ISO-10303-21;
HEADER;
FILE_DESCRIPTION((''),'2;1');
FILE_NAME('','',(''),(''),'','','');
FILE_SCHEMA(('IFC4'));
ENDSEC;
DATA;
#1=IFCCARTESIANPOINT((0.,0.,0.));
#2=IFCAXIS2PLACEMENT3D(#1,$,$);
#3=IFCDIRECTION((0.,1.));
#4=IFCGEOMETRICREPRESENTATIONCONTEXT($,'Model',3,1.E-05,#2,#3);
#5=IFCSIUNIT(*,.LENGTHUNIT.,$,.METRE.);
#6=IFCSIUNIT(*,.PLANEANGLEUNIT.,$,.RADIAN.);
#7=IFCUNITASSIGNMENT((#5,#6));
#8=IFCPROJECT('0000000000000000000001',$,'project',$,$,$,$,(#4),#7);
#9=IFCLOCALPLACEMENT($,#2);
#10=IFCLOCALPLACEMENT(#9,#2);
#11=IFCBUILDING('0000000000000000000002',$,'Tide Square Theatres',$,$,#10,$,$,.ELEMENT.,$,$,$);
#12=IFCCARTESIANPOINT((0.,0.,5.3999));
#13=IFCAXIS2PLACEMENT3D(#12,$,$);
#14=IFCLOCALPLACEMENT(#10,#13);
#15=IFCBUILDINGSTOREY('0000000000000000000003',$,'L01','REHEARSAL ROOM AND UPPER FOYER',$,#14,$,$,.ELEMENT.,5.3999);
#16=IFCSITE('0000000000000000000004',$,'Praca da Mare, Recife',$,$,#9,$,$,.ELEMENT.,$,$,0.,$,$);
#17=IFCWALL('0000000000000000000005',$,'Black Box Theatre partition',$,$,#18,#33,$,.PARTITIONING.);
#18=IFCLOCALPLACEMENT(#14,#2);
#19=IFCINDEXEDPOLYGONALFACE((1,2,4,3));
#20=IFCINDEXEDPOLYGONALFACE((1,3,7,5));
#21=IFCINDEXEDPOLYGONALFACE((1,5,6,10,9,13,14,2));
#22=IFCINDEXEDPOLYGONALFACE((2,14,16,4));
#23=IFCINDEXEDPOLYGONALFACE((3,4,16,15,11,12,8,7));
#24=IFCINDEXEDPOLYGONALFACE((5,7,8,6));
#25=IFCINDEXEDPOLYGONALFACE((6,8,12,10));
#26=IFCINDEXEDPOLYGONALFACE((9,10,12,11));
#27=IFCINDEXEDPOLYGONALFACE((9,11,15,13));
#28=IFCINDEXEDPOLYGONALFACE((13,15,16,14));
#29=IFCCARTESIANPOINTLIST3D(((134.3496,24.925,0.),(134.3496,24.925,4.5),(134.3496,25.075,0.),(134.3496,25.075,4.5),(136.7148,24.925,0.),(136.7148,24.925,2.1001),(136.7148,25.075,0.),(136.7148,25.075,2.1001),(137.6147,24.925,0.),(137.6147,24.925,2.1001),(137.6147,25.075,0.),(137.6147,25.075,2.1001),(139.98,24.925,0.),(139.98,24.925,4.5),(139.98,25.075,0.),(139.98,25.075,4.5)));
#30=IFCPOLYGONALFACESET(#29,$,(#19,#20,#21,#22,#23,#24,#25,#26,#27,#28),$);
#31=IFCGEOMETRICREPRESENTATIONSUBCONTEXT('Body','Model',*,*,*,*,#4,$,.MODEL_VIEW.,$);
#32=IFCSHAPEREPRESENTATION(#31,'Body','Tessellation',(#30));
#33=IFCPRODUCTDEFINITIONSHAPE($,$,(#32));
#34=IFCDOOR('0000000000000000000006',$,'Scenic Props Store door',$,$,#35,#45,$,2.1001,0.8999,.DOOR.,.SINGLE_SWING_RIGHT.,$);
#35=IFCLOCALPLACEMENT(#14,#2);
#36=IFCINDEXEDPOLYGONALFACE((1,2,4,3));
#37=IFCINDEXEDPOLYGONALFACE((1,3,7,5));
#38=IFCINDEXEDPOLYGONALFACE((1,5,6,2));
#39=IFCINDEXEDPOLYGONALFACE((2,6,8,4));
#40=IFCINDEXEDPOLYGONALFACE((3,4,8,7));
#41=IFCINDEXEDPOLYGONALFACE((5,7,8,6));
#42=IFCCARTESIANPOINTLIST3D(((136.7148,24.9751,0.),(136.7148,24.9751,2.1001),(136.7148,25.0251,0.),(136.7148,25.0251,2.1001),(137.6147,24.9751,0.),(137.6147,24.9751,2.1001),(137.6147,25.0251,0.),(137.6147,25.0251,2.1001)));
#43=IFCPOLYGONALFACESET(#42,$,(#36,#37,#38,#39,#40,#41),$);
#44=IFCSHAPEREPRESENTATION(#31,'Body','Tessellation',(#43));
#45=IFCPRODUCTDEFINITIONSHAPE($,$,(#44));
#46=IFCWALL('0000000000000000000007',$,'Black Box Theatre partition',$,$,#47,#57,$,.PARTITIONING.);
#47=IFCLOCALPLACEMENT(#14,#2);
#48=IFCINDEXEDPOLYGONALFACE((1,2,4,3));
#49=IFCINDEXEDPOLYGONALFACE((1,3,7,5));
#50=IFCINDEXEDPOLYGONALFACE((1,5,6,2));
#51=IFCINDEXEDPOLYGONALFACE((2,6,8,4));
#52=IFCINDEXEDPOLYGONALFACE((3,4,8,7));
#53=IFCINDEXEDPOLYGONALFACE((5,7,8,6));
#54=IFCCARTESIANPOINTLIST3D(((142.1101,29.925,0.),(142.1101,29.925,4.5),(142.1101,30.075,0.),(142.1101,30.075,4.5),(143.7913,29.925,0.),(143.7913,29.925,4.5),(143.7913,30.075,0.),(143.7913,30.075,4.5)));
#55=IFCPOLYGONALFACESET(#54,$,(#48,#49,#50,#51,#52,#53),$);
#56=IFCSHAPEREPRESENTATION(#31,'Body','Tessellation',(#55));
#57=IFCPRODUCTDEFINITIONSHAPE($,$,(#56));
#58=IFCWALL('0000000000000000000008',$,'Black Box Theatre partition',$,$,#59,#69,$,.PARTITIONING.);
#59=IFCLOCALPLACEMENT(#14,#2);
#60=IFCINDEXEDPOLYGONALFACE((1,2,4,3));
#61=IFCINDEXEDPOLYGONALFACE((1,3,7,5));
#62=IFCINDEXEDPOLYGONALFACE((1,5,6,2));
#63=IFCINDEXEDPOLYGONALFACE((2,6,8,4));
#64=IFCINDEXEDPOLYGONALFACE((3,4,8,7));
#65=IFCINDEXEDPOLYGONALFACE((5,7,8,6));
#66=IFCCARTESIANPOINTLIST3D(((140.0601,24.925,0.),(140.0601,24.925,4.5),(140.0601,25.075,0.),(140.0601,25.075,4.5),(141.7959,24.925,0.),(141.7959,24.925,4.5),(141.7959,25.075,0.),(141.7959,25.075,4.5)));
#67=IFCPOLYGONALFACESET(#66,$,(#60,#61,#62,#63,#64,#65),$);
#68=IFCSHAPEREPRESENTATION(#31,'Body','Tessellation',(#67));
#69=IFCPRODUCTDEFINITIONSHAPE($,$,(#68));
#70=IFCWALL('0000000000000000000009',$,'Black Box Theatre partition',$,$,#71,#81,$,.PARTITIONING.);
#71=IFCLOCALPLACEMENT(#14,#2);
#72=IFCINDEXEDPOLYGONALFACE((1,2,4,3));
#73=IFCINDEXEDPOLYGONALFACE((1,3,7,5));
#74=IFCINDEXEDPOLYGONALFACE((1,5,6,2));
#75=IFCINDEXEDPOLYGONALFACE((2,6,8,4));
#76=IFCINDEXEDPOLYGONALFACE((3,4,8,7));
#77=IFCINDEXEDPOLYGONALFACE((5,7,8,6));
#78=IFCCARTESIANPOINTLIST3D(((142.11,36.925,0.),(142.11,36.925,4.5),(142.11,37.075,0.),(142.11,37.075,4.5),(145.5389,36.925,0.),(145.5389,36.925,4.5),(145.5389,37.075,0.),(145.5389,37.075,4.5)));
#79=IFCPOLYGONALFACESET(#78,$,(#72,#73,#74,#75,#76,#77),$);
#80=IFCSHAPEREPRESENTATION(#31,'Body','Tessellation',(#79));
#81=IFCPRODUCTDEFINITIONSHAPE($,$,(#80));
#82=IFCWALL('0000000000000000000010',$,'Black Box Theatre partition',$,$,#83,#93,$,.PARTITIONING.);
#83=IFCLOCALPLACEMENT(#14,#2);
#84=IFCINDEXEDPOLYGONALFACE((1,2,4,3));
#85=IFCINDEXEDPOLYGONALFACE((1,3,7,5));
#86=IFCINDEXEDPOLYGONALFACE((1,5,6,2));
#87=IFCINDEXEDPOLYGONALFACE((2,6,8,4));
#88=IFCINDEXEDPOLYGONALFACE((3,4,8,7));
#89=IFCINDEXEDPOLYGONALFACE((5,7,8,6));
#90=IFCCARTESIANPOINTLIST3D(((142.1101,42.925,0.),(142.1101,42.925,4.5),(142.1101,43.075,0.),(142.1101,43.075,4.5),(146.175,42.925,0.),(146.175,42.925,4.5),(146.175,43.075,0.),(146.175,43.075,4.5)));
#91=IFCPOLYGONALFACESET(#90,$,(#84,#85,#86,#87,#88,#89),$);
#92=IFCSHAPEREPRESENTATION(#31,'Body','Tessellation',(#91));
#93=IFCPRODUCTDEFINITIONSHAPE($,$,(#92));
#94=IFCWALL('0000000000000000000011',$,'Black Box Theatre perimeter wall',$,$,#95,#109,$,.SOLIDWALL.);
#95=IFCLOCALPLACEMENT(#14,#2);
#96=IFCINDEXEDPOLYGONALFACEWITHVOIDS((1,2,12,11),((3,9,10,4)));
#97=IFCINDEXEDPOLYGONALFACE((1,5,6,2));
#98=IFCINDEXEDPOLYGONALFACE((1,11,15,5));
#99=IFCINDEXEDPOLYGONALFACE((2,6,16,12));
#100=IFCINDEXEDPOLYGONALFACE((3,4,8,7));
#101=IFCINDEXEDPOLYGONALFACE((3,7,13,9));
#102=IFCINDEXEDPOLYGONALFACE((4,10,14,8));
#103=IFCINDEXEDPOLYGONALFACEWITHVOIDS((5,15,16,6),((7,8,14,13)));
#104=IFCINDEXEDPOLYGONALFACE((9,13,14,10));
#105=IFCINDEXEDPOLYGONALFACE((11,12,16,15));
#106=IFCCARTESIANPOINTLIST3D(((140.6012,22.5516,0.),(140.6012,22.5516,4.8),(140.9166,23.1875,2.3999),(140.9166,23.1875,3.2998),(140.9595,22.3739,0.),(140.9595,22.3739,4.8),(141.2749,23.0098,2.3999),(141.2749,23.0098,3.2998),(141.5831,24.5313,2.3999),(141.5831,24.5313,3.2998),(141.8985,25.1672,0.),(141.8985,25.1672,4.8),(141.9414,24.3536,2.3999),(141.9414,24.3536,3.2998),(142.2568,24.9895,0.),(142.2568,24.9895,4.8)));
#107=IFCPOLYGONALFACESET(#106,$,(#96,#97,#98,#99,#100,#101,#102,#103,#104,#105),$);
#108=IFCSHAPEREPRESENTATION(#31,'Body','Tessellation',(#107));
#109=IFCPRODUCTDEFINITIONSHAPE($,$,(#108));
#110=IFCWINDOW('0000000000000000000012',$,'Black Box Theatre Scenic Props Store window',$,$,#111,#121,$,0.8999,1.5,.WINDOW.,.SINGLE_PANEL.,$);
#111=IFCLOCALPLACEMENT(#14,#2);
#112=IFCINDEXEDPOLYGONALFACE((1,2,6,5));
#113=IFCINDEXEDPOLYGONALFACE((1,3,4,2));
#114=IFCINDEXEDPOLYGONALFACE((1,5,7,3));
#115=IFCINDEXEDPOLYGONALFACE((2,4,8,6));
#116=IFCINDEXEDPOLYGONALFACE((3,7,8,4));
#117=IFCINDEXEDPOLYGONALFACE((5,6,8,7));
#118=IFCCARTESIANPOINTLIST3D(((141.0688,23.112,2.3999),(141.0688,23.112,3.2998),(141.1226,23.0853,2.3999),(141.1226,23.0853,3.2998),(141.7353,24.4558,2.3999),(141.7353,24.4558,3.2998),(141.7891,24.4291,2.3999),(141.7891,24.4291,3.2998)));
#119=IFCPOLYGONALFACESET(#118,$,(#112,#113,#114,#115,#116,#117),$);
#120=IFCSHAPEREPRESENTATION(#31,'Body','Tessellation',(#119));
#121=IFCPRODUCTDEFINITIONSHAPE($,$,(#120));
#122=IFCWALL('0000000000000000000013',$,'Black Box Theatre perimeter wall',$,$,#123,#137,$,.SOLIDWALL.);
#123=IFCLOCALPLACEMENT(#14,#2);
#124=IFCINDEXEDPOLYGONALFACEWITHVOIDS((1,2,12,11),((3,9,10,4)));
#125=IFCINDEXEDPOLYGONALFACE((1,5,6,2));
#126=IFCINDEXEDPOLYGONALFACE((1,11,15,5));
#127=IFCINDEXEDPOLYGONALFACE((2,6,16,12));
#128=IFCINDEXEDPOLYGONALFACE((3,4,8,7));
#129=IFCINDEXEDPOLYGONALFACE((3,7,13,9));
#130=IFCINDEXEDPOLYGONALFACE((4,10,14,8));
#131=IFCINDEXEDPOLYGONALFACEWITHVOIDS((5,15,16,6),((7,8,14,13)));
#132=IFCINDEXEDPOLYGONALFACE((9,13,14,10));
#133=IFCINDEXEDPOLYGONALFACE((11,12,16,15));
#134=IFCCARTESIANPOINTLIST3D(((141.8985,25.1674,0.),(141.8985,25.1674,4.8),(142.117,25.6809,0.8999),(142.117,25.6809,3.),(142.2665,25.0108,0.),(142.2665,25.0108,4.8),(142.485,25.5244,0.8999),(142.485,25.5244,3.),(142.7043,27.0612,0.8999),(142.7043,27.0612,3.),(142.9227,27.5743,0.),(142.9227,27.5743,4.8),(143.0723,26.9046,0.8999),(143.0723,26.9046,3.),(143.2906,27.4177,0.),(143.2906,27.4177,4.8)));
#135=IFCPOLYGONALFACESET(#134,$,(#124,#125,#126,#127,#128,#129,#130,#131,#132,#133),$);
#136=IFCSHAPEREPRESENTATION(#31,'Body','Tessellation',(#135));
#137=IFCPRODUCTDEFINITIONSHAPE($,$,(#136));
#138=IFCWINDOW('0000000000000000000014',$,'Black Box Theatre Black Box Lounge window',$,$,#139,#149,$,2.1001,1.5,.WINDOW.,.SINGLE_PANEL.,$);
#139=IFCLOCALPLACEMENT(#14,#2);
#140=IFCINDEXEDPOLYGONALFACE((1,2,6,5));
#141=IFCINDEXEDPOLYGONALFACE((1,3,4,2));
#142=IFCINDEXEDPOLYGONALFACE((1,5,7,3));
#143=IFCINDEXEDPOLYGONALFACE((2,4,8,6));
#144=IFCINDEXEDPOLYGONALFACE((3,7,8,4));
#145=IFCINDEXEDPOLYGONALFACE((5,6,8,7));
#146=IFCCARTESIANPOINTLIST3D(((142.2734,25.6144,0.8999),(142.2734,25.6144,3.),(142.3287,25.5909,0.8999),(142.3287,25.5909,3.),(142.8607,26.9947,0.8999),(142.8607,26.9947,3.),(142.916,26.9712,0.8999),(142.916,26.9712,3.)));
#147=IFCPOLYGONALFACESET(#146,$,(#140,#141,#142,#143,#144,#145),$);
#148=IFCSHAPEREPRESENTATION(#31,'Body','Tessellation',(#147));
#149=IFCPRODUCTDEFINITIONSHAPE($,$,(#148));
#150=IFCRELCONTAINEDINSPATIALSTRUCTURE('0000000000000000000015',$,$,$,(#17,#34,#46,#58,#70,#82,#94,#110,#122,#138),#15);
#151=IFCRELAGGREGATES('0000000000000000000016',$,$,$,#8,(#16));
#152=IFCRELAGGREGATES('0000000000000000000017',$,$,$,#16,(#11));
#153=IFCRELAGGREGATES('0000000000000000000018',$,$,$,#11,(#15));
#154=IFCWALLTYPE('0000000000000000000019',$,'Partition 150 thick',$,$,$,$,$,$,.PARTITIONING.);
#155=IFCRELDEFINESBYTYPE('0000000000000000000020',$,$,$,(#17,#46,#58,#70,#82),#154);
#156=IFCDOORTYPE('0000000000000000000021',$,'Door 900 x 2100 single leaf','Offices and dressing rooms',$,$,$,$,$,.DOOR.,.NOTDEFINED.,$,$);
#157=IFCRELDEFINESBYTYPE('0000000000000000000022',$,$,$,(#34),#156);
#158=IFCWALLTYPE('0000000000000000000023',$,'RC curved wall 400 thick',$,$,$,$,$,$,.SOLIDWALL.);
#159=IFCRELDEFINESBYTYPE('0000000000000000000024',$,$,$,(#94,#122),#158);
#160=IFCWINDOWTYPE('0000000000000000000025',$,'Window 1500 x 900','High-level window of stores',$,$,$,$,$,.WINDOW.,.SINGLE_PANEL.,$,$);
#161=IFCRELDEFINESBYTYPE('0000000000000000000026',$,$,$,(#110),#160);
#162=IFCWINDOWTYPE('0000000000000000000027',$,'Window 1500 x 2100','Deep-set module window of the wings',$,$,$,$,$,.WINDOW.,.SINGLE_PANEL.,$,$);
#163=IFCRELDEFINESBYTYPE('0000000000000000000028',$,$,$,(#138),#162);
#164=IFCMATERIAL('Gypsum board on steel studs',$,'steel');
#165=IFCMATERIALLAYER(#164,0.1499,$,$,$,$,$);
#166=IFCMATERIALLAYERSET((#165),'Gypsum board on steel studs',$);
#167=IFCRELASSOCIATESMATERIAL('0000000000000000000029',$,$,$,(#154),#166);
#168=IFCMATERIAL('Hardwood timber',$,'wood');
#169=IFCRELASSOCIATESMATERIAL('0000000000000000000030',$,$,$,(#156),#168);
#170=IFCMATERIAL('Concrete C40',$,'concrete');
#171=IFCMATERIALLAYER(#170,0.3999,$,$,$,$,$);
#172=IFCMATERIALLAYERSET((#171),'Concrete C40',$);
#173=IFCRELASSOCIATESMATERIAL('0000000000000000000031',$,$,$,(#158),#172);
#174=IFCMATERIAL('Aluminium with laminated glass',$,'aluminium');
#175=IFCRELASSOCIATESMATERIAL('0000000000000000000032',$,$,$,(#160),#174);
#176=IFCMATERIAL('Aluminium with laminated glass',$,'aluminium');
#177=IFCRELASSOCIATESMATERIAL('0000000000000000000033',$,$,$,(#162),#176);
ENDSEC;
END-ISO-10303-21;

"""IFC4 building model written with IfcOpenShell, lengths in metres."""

from ifc_helpers import new_model, si_unit, direction, frame, frame_2d, origin, place, context, subcontext, project, spatial, rectangle, extrude, material, layer, layer_set, type_object, element, fill, save


model = new_model("IFC4")

# Units and contexts
model_context = context("Model", 3, precision=1e-05, world=origin(), true_north=direction((0.0, 1.0)))
body_context = subcontext(model_context, "Body", "Model", "MODEL_VIEW")
ifc_project = project(units=[si_unit("LENGTHUNIT", "METRE"), si_unit("PLANEANGLEUNIT", "RADIAN")], contexts=[model_context])

# Site, building, storey
site_placement = place(None, origin())
site = spatial("IfcSite", under=ifc_project, at=site_placement, Name="Praca da Mare, Recife", CompositionType="ELEMENT", RefElevation=0.0)
building_placement = place(site_placement, origin())
building = spatial("IfcBuilding", under=site, at=building_placement, Name="Tide Square Theatres", CompositionType="ELEMENT")
storey_placement = place(building_placement, frame((0.0, 0.0, 5.3999)))
storey = spatial("IfcBuildingStorey", under=building, at=storey_placement, Name="L01", Description="REHEARSAL ROOM AND UPPER FOYER", CompositionType="ELEMENT", Elevation=5.3999)

# Shared definitions
ifc_material_1 = material(Name="Gypsum board on steel studs", Category="steel")
ifc_layer_1 = layer(ifc_material_1, 0.1499)
ifc_layer_set_1 = layer_set([ifc_layer_1], Name="Gypsum board on steel studs")
wall_type_1 = type_object("IfcWallType", Name="Partition 150 thick", PredefinedType="PARTITIONING", material=ifc_layer_set_1)

# Wall, opening, door
ifc_material_2 = material(Name="Hardwood timber", Category="wood")
door_type = type_object("IfcDoorType", Name="Door 900 x 2100 single leaf", Description="Offices and dressing rooms", OperationType="NOTDEFINED", PredefinedType="DOOR", material=ifc_material_2)
wall_1_placement = place(storey_placement, frame((139.98, 25.0, 0.0), z_axis=(0.0, 0.0, 1.0), x_axis=(-1.0, 0.0, 0.0)))
wall_1 = element("IfcWall", 1, at=wall_1_placement, inside=storey, type_object=wall_type_1, Name="Black Box Theatre partition", PredefinedType="PARTITIONING", context=body_context, shape_type="SweptSolid", body=[
    extrude(rectangle(XDim=5.6304, YDim=0.1499, at=frame_2d((2.8152, 0.0))), origin(), (0.0, 0.0, 1.0), 4.5),
])
opening_1_placement = place(wall_1_placement, frame((2.3652, 0.0, 0.0)))
opening_1 = element("IfcOpeningElement", 2, at=opening_1_placement, cuts=wall_1, PredefinedType="OPENING", context=body_context, shape_type="SweptSolid", body=[
    extrude(rectangle(XDim=0.8999, YDim=2.1001, at=frame_2d((0.45, 1.05))), frame((0.0, 0.085, 0.0), z_axis=(0.0, -1.0, 0.0), x_axis=(1.0, 0.0, 0.0)), (0.0, 0.0, 1.0), 0.1699),
])
door_1_placement = place(opening_1_placement, origin())
door_1 = element("IfcDoor", 3, at=door_1_placement, inside=storey, type_object=door_type, Name="Scenic Props Store door", OperationType="SINGLE_SWING_RIGHT", OverallHeight=2.1001, OverallWidth=0.8999, PredefinedType="DOOR", context=body_context, shape_type="SweptSolid", body=[
    extrude(rectangle(XDim=0.8999, YDim=2.1001, at=frame_2d((0.45, 1.05))), frame((0.0, 0.0249, 0.0), z_axis=(0.0, -1.0, 0.0), x_axis=(1.0, 0.0, 0.0)), (0.0, 0.0, 1.0), 0.05),
])
fill(opening_1, door_1)

# Walls
wall_2_placement = place(storey_placement, frame((142.1101, 30.0, 0.0), z_axis=(0.0, 0.0, 1.0), x_axis=(1.0, 0.0, 0.0)))
element("IfcWall", 4, at=wall_2_placement, inside=storey, type_object=wall_type_1, Name="Black Box Theatre partition", PredefinedType="PARTITIONING", context=body_context, shape_type="SweptSolid", body=[
    extrude(rectangle(XDim=1.6812, YDim=0.1499, at=frame_2d((0.8406, 0.0))), origin(), (0.0, 0.0, 1.0), 4.5),
])
wall_3_placement = place(storey_placement, frame((141.7959, 25.0, 0.0), z_axis=(0.0, 0.0, 1.0), x_axis=(-1.0, 0.0, 0.0)))
element("IfcWall", 5, at=wall_3_placement, inside=storey, type_object=wall_type_1, Name="Black Box Theatre partition", PredefinedType="PARTITIONING", context=body_context, shape_type="SweptSolid", body=[
    extrude(rectangle(XDim=1.7358, YDim=0.1499, at=frame_2d((0.8679, 0.0))), origin(), (0.0, 0.0, 1.0), 4.5),
])
wall_4_placement = place(storey_placement, frame((142.1101, 37.0, 0.0), z_axis=(0.0, 0.0, 1.0), x_axis=(1.0, 0.0, 0.0)))
element("IfcWall", 6, at=wall_4_placement, inside=storey, type_object=wall_type_1, Name="Black Box Theatre partition", PredefinedType="PARTITIONING", context=body_context, shape_type="SweptSolid", body=[
    extrude(rectangle(XDim=3.429, YDim=0.1499, at=frame_2d((1.7144, 0.0))), origin(), (0.0, 0.0, 1.0), 4.5),
])
wall_5_placement = place(storey_placement, frame((142.1101, 43.0, 0.0), z_axis=(0.0, 0.0, 1.0), x_axis=(1.0, 0.0, 0.0)))
element("IfcWall", 7, at=wall_5_placement, inside=storey, type_object=wall_type_1, Name="Black Box Theatre partition", PredefinedType="PARTITIONING", context=body_context, shape_type="SweptSolid", body=[
    extrude(rectangle(XDim=4.0649, YDim=0.1499, at=frame_2d((2.0325, 0.0))), origin(), (0.0, 0.0, 1.0), 4.5),
])

# Walls, openings, windows
ifc_material_3 = material(Name="Concrete C40", Category="concrete")
ifc_layer_2 = layer(ifc_material_3, 0.3999)
ifc_layer_set_2 = layer_set([ifc_layer_2], Name="Concrete C40")
wall_type_2 = type_object("IfcWallType", Name="RC curved wall 400 thick", PredefinedType="SOLIDWALL", material=ifc_layer_set_2)
wall_6_placement = place(storey_placement, frame((140.7803, 22.4626, 0.0), z_axis=(0.0, 0.0, 1.0), x_axis=(0.444335, 0.895861, 0.0)))
wall_6 = element("IfcWall", 8, at=wall_6_placement, inside=storey, type_object=wall_type_2, Name="Black Box Theatre perimeter wall", PredefinedType="SOLIDWALL", context=body_context, shape_type="SweptSolid", body=[
    extrude(rectangle(XDim=2.9197, YDim=0.3999, at=frame_2d((1.46, 0.0))), origin(), (0.0, 0.0, 1.0), 4.8),
])
opening_2_placement = place(wall_6_placement, frame((0.71, 0.0, 2.3999)))
opening_2 = element("IfcOpeningElement", 9, at=opening_2_placement, cuts=wall_6, PredefinedType="OPENING", context=body_context, shape_type="SweptSolid", body=[
    extrude(rectangle(XDim=1.5, YDim=0.8999, at=frame_2d((0.75, 0.45))), frame((0.0, 0.21, 0.0), z_axis=(0.0, -1.0, 0.0), x_axis=(1.0, 0.0, 0.0)), (0.0, 0.0, 1.0), 0.4199),
])
ifc_material_4 = material(Name="Aluminium with laminated glass", Category="aluminium")
window_type_1 = type_object("IfcWindowType", Name="Window 1500 x 900", Description="High-level window of stores", PartitioningType="SINGLE_PANEL", PredefinedType="WINDOW", material=ifc_material_4)
window_1_placement = place(opening_2_placement, origin())
window_1 = element("IfcWindow", 10, at=window_1_placement, inside=storey, type_object=window_type_1, Name="Black Box Theatre Scenic Props Store window", OverallHeight=0.8999, OverallWidth=1.5, PartitioningType="SINGLE_PANEL", PredefinedType="WINDOW", context=body_context, shape_type="SweptSolid", body=[
    extrude(rectangle(XDim=1.5, YDim=0.8999, at=frame_2d((0.75, 0.45))), frame((0.0, 0.03, 0.0), z_axis=(0.0, -1.0, 0.0), x_axis=(1.0, 0.0, 0.0)), (0.0, 0.0, 1.0), 0.0601),
])
fill(opening_2, window_1)
wall_7_placement = place(storey_placement, frame((142.0825, 25.0891, 0.0), z_axis=(0.0, 0.0, 1.0), x_axis=(0.39153, 0.920165, 0.0)))
wall_7 = element("IfcWall", 11, at=wall_7_placement, inside=storey, type_object=wall_type_2, Name="Black Box Theatre perimeter wall", PredefinedType="SOLIDWALL", context=body_context, shape_type="SweptSolid", body=[
    extrude(rectangle(XDim=2.6157, YDim=0.3999, at=frame_2d((1.3079, 0.0))), origin(), (0.0, 0.0, 1.0), 4.8),
])
opening_3_placement = place(wall_7_placement, frame((0.5581, 0.0, 0.8999)))
opening_3 = element("IfcOpeningElement", 12, at=opening_3_placement, cuts=wall_7, PredefinedType="OPENING", context=body_context, shape_type="SweptSolid", body=[
    extrude(rectangle(XDim=1.5, YDim=2.1001, at=frame_2d((0.75, 1.05))), frame((0.0, 0.21, 0.0), z_axis=(0.0, -1.0, 0.0), x_axis=(1.0, 0.0, 0.0)), (0.0, 0.0, 1.0), 0.4199),
])
ifc_material_5 = material(Name="Aluminium with laminated glass", Category="aluminium")
window_type_2 = type_object("IfcWindowType", Name="Window 1500 x 2100", Description="Deep-set module window of the wings", PartitioningType="SINGLE_PANEL", PredefinedType="WINDOW", material=ifc_material_5)
window_2_placement = place(opening_3_placement, origin())
window_2 = element("IfcWindow", 13, at=window_2_placement, inside=storey, type_object=window_type_2, Name="Black Box Theatre Black Box Lounge window", OverallHeight=2.1001, OverallWidth=1.5, PartitioningType="SINGLE_PANEL", PredefinedType="WINDOW", context=body_context, shape_type="SweptSolid", body=[
    extrude(rectangle(XDim=1.5, YDim=2.1001, at=frame_2d((0.75, 1.05))), frame((0.0, 0.03, 0.0), z_axis=(0.0, -1.0, 0.0), x_axis=(1.0, 0.0, 0.0)), (0.0, 0.0, 1.0), 0.0601),
])
fill(opening_3, window_2)

save(model, "model.ifc")
